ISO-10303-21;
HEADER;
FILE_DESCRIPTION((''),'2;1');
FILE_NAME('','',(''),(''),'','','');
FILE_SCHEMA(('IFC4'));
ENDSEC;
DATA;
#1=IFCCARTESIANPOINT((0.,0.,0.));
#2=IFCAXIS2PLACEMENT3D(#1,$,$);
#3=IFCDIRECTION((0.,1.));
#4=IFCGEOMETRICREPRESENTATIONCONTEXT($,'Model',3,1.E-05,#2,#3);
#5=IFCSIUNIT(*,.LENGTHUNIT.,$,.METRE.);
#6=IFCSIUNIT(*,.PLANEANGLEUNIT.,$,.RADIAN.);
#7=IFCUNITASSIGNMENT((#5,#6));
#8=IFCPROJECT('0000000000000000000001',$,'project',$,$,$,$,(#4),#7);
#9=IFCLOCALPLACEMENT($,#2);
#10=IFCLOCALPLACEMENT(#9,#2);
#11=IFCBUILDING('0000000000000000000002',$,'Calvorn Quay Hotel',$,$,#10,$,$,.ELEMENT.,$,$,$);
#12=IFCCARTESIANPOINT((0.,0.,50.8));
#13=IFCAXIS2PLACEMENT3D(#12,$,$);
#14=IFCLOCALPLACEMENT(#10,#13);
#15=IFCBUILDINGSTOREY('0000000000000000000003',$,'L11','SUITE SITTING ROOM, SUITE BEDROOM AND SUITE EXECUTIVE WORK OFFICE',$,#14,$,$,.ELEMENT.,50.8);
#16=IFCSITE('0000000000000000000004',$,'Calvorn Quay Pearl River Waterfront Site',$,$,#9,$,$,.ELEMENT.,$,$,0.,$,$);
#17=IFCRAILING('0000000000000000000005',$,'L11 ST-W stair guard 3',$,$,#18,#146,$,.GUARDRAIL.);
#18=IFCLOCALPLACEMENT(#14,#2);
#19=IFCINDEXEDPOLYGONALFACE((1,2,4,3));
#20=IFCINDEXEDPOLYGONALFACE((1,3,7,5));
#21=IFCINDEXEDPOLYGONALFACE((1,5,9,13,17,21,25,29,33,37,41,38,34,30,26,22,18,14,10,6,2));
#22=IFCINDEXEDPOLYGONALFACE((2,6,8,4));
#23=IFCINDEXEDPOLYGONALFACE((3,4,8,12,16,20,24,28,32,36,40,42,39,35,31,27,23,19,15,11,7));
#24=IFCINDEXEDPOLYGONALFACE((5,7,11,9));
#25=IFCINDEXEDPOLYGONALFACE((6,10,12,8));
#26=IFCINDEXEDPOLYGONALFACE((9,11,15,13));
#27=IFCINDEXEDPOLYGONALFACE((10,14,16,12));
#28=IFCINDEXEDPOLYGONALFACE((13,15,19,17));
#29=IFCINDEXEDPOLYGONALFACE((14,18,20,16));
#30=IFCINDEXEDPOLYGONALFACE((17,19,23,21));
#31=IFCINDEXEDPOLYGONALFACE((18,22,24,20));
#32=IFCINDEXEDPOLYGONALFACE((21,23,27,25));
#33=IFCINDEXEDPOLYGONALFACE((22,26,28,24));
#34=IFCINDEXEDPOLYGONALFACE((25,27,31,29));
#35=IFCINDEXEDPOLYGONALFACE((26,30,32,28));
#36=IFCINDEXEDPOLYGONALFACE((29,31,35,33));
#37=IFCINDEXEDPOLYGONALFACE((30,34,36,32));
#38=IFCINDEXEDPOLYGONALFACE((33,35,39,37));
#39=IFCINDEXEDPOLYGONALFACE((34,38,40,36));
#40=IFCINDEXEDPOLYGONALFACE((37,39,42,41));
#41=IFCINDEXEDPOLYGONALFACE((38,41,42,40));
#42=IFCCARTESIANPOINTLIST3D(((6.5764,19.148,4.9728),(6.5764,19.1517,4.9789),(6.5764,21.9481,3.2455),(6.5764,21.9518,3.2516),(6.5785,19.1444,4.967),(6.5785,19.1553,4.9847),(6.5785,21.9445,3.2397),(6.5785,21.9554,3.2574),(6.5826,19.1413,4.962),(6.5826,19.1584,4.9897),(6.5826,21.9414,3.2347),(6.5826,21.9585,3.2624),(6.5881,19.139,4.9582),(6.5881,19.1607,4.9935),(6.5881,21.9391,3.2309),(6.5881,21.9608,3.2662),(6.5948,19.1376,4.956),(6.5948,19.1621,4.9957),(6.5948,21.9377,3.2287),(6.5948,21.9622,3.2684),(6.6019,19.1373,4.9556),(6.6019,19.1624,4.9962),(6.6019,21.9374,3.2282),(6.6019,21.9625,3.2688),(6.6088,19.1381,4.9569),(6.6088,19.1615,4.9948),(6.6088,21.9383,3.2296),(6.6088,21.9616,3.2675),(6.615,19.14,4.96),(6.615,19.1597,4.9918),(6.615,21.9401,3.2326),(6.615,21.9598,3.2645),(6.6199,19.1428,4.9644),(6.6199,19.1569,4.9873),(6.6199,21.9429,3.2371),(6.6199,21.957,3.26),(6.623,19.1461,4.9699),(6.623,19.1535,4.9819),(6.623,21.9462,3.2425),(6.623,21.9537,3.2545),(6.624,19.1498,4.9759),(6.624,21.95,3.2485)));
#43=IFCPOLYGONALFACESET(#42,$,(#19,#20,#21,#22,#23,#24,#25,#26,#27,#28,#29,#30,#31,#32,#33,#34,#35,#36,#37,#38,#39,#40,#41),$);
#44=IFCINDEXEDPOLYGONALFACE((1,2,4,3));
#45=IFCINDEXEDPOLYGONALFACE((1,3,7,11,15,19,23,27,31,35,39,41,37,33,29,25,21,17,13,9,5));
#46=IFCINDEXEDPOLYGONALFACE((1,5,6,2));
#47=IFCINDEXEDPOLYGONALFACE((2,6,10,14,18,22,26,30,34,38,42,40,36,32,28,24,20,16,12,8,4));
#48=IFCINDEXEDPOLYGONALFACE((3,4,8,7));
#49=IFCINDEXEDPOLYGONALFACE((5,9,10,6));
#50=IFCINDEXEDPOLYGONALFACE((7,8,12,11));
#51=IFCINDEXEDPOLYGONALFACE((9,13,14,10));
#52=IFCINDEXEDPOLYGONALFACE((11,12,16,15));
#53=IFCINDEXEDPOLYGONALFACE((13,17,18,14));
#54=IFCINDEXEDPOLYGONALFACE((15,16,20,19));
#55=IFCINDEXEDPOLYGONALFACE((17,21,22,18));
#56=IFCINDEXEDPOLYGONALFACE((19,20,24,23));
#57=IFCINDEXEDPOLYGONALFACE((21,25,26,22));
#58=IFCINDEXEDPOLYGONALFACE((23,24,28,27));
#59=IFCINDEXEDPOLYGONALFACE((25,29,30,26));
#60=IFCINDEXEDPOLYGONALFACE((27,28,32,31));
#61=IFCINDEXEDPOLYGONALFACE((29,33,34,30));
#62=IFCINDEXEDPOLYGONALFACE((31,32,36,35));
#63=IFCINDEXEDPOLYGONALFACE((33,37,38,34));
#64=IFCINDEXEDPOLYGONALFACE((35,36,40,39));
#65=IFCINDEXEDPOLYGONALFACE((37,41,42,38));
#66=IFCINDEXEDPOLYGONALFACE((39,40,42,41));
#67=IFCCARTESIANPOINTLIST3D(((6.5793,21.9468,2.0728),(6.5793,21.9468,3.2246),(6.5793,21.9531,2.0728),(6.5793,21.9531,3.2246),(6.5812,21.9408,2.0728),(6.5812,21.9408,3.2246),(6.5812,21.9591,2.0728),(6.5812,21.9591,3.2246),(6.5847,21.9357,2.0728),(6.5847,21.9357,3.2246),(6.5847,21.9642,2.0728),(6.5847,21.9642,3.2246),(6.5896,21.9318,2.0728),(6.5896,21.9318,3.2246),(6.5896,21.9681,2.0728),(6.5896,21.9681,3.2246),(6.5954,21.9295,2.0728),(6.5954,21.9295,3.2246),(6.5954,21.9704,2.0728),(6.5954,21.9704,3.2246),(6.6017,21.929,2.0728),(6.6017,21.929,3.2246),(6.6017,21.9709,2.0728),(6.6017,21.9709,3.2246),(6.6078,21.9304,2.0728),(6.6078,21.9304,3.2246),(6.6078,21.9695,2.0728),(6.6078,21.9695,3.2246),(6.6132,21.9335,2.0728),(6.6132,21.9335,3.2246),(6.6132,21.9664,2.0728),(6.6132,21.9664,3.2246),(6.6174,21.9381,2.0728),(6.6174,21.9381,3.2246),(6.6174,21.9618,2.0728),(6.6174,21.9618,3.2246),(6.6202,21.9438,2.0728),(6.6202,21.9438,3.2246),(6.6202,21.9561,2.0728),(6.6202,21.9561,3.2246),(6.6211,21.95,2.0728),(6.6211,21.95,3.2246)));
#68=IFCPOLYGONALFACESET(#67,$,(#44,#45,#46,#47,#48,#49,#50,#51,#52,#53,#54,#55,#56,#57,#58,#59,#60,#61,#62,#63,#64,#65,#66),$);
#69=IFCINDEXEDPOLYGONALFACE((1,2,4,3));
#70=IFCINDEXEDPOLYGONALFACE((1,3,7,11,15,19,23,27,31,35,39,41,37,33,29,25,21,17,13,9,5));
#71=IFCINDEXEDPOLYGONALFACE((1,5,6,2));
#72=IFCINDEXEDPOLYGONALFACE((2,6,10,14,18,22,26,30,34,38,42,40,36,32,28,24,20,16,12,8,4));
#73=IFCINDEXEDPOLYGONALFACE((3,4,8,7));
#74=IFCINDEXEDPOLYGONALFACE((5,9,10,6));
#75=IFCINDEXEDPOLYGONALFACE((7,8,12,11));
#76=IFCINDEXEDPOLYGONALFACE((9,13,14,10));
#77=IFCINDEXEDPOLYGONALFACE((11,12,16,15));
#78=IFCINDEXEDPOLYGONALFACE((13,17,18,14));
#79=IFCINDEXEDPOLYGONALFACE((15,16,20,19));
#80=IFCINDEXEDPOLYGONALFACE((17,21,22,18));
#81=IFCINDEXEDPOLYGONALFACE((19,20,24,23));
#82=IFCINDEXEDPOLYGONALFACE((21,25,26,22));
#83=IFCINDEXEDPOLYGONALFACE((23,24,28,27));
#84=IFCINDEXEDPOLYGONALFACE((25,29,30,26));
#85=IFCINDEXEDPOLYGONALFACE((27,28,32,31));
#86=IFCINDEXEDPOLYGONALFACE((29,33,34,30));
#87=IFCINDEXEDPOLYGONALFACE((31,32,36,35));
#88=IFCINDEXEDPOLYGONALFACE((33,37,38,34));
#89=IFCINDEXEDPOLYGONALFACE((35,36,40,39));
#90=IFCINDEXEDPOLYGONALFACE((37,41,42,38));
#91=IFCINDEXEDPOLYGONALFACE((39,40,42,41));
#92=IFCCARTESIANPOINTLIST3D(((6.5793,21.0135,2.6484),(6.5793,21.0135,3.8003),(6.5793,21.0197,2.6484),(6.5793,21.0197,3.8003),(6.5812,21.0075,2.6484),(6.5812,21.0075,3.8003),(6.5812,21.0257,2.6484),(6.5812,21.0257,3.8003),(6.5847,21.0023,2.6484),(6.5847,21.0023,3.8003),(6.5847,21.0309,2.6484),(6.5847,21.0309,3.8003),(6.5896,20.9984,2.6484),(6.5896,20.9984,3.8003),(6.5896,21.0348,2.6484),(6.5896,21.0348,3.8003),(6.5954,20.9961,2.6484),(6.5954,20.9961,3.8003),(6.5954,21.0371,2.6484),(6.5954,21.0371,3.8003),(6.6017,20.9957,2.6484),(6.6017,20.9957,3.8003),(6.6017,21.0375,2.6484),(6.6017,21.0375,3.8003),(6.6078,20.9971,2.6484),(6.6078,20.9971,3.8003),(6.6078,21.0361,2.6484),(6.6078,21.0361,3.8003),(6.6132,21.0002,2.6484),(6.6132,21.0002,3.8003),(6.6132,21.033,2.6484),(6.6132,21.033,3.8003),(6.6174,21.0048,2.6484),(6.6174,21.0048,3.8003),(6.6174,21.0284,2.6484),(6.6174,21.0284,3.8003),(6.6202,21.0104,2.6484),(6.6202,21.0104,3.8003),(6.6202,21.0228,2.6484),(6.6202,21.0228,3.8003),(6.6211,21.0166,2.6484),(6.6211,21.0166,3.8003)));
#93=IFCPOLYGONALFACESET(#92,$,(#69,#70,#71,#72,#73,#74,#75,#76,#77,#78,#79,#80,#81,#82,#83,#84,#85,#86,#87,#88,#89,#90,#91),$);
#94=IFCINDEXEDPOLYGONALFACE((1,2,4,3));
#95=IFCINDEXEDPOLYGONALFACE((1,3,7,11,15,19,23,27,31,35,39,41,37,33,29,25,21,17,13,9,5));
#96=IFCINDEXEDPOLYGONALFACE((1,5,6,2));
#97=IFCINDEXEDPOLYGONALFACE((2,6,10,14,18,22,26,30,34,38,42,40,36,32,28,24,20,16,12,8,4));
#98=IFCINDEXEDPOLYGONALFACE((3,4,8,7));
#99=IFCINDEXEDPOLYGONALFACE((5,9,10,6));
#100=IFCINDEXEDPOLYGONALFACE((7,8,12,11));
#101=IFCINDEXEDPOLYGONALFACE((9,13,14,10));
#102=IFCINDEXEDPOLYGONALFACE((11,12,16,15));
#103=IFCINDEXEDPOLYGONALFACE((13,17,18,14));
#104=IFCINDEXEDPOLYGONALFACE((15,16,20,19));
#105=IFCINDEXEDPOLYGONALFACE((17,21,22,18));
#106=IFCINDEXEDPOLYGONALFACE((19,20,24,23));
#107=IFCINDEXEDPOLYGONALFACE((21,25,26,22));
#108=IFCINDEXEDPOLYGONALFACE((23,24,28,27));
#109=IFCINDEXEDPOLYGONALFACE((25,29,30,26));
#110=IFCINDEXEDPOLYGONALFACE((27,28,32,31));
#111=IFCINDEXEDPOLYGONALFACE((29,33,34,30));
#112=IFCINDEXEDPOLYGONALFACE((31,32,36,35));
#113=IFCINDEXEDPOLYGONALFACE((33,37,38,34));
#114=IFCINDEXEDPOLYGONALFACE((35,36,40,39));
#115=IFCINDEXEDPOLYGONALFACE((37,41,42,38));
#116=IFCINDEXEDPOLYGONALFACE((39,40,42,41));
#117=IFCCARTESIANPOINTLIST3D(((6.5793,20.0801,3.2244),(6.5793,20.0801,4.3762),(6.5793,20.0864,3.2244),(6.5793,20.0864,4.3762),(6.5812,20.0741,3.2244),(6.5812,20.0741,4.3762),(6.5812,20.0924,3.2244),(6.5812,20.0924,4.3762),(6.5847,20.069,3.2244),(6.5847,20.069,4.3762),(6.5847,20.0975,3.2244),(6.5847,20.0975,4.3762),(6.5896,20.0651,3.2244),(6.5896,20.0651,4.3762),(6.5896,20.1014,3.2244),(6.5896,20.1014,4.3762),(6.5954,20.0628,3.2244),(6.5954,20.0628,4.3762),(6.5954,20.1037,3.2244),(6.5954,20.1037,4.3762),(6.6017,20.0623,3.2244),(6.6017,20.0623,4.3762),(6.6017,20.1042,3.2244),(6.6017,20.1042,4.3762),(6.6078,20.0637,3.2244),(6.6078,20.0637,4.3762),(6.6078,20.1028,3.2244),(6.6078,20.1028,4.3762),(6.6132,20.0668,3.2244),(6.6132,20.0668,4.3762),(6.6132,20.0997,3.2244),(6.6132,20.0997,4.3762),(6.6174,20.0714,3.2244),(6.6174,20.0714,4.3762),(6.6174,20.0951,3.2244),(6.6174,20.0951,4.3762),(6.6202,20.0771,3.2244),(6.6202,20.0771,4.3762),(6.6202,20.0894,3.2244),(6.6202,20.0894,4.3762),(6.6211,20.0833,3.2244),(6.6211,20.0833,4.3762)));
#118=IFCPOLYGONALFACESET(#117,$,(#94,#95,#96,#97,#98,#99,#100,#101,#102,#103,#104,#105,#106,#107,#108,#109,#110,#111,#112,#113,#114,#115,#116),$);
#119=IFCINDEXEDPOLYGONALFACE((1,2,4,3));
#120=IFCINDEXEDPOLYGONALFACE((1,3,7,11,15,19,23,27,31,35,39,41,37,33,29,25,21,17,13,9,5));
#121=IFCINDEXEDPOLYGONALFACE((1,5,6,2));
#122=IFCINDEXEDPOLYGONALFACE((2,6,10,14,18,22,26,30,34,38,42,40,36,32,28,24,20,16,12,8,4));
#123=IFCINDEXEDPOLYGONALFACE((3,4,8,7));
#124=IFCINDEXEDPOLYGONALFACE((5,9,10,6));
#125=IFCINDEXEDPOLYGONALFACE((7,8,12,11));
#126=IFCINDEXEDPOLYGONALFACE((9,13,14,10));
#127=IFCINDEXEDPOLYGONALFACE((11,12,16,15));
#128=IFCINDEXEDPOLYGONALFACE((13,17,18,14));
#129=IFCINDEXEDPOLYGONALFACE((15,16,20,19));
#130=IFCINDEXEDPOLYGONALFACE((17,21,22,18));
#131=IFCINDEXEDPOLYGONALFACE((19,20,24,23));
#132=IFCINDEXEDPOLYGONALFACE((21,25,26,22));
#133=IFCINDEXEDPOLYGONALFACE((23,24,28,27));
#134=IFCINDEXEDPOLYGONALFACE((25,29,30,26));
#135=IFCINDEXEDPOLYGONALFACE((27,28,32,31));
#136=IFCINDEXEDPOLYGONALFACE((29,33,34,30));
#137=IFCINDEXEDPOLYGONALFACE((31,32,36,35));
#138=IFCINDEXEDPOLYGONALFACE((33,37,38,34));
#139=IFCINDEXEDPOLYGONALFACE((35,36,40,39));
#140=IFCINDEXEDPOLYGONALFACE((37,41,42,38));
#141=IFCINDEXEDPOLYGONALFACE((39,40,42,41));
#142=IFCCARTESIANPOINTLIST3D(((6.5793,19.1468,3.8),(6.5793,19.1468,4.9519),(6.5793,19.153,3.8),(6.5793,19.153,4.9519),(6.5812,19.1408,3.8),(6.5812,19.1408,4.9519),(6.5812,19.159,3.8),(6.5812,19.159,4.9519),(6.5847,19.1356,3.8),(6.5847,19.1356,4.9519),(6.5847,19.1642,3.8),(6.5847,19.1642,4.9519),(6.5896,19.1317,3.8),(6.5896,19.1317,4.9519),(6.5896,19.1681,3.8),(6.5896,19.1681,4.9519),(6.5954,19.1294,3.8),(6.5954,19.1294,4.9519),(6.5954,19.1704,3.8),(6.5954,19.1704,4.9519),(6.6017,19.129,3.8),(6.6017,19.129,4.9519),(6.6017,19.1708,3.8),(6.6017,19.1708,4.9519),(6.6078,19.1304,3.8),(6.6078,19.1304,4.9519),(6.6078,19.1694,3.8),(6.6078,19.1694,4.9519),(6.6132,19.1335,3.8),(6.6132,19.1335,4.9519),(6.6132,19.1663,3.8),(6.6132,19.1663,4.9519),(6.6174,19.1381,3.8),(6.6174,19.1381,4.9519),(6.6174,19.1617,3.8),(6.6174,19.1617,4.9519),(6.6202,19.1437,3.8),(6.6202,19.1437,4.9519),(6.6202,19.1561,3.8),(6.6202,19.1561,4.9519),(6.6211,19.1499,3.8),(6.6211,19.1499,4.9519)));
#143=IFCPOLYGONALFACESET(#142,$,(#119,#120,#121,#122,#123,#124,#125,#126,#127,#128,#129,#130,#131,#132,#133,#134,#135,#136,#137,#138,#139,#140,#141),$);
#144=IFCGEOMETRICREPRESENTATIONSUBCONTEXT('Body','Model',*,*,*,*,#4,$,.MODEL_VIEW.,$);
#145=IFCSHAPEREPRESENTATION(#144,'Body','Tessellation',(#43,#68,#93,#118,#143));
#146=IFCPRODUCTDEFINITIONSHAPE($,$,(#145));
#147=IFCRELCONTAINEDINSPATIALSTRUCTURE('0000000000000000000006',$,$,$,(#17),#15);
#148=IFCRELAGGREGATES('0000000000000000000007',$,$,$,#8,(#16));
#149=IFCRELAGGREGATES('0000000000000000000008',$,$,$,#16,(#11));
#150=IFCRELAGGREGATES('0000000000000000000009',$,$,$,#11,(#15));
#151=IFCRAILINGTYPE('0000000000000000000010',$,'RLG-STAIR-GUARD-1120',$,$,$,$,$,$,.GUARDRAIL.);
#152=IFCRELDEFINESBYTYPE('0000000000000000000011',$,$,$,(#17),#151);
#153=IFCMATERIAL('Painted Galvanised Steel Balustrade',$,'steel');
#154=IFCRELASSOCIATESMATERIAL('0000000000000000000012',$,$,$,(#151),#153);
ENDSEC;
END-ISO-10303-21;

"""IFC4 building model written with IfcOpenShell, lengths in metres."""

from ifc_helpers import new_model, si_unit, direction, frame, origin, origin_2d, place, context, subcontext, project, spatial, circle, extrude, material, type_object, element, save


model = new_model("IFC4")

# Units and contexts
model_context = context("Model", 3, precision=1e-05, world=origin(), true_north=direction((0.0, 1.0)))
body_context = subcontext(model_context, "Body", "Model", "MODEL_VIEW")
ifc_project = project(units=[si_unit("LENGTHUNIT", "METRE"), si_unit("PLANEANGLEUNIT", "RADIAN")], contexts=[model_context])

# Site, building, storey
site_placement = place(None, origin())
site = spatial("IfcSite", under=ifc_project, at=site_placement, Name="Calvorn Quay Pearl River Waterfront Site", CompositionType="ELEMENT", RefElevation=0.0)
building_placement = place(site_placement, origin())
building = spatial("IfcBuilding", under=site, at=building_placement, Name="Calvorn Quay Hotel", CompositionType="ELEMENT")
storey_placement = place(building_placement, frame((0.0, 0.0, 50.8)))
storey = spatial("IfcBuildingStorey", under=building, at=storey_placement, Name="L11", Description="SUITE SITTING ROOM, SUITE BEDROOM AND SUITE EXECUTIVE WORK OFFICE", CompositionType="ELEMENT", Elevation=50.8)

# Railing
ifc_material_1 = material(Name="Painted Galvanised Steel Balustrade", Category="steel")
railing_type_1 = type_object("IfcRailingType", Name="RLG-STAIR-GUARD-1120", PredefinedType="GUARDRAIL", material=ifc_material_1)
railing_1_placement = place(storey_placement, frame((6.6001, 21.95, 2.0728)))
element("IfcRailing", 1, at=railing_1_placement, inside=storey, type_object=railing_type_1, Name="L11 ST-W stair guard 3", PredefinedType="GUARDRAIL", context=body_context, shape_type="SweptSolid", body=[
    extrude(circle(Radius=0.0239, at=origin_2d()), frame((0.0, 0.0, 1.1758), z_axis=(0.0, -0.85109, 0.52502), x_axis=(1.0, 0.0, 0.0)), (0.0, 0.0, 1.0), 3.29),
    extrude(circle(Radius=0.021, at=origin_2d()), origin(), (0.0, 0.0, 1.0), 1.1519),
    extrude(circle(Radius=0.021, at=origin_2d()), frame((0.0, -0.9333, 0.5757)), (0.0, 0.0, 1.0), 1.1519),
    extrude(circle(Radius=0.021, at=origin_2d()), frame((0.0, -1.8667, 1.1516)), (0.0, 0.0, 1.0), 1.1519),
    extrude(circle(Radius=0.021, at=origin_2d()), frame((0.0, -2.8, 1.7273)), (0.0, 0.0, 1.0), 1.1519),
])

save(model, "model.ifc")
